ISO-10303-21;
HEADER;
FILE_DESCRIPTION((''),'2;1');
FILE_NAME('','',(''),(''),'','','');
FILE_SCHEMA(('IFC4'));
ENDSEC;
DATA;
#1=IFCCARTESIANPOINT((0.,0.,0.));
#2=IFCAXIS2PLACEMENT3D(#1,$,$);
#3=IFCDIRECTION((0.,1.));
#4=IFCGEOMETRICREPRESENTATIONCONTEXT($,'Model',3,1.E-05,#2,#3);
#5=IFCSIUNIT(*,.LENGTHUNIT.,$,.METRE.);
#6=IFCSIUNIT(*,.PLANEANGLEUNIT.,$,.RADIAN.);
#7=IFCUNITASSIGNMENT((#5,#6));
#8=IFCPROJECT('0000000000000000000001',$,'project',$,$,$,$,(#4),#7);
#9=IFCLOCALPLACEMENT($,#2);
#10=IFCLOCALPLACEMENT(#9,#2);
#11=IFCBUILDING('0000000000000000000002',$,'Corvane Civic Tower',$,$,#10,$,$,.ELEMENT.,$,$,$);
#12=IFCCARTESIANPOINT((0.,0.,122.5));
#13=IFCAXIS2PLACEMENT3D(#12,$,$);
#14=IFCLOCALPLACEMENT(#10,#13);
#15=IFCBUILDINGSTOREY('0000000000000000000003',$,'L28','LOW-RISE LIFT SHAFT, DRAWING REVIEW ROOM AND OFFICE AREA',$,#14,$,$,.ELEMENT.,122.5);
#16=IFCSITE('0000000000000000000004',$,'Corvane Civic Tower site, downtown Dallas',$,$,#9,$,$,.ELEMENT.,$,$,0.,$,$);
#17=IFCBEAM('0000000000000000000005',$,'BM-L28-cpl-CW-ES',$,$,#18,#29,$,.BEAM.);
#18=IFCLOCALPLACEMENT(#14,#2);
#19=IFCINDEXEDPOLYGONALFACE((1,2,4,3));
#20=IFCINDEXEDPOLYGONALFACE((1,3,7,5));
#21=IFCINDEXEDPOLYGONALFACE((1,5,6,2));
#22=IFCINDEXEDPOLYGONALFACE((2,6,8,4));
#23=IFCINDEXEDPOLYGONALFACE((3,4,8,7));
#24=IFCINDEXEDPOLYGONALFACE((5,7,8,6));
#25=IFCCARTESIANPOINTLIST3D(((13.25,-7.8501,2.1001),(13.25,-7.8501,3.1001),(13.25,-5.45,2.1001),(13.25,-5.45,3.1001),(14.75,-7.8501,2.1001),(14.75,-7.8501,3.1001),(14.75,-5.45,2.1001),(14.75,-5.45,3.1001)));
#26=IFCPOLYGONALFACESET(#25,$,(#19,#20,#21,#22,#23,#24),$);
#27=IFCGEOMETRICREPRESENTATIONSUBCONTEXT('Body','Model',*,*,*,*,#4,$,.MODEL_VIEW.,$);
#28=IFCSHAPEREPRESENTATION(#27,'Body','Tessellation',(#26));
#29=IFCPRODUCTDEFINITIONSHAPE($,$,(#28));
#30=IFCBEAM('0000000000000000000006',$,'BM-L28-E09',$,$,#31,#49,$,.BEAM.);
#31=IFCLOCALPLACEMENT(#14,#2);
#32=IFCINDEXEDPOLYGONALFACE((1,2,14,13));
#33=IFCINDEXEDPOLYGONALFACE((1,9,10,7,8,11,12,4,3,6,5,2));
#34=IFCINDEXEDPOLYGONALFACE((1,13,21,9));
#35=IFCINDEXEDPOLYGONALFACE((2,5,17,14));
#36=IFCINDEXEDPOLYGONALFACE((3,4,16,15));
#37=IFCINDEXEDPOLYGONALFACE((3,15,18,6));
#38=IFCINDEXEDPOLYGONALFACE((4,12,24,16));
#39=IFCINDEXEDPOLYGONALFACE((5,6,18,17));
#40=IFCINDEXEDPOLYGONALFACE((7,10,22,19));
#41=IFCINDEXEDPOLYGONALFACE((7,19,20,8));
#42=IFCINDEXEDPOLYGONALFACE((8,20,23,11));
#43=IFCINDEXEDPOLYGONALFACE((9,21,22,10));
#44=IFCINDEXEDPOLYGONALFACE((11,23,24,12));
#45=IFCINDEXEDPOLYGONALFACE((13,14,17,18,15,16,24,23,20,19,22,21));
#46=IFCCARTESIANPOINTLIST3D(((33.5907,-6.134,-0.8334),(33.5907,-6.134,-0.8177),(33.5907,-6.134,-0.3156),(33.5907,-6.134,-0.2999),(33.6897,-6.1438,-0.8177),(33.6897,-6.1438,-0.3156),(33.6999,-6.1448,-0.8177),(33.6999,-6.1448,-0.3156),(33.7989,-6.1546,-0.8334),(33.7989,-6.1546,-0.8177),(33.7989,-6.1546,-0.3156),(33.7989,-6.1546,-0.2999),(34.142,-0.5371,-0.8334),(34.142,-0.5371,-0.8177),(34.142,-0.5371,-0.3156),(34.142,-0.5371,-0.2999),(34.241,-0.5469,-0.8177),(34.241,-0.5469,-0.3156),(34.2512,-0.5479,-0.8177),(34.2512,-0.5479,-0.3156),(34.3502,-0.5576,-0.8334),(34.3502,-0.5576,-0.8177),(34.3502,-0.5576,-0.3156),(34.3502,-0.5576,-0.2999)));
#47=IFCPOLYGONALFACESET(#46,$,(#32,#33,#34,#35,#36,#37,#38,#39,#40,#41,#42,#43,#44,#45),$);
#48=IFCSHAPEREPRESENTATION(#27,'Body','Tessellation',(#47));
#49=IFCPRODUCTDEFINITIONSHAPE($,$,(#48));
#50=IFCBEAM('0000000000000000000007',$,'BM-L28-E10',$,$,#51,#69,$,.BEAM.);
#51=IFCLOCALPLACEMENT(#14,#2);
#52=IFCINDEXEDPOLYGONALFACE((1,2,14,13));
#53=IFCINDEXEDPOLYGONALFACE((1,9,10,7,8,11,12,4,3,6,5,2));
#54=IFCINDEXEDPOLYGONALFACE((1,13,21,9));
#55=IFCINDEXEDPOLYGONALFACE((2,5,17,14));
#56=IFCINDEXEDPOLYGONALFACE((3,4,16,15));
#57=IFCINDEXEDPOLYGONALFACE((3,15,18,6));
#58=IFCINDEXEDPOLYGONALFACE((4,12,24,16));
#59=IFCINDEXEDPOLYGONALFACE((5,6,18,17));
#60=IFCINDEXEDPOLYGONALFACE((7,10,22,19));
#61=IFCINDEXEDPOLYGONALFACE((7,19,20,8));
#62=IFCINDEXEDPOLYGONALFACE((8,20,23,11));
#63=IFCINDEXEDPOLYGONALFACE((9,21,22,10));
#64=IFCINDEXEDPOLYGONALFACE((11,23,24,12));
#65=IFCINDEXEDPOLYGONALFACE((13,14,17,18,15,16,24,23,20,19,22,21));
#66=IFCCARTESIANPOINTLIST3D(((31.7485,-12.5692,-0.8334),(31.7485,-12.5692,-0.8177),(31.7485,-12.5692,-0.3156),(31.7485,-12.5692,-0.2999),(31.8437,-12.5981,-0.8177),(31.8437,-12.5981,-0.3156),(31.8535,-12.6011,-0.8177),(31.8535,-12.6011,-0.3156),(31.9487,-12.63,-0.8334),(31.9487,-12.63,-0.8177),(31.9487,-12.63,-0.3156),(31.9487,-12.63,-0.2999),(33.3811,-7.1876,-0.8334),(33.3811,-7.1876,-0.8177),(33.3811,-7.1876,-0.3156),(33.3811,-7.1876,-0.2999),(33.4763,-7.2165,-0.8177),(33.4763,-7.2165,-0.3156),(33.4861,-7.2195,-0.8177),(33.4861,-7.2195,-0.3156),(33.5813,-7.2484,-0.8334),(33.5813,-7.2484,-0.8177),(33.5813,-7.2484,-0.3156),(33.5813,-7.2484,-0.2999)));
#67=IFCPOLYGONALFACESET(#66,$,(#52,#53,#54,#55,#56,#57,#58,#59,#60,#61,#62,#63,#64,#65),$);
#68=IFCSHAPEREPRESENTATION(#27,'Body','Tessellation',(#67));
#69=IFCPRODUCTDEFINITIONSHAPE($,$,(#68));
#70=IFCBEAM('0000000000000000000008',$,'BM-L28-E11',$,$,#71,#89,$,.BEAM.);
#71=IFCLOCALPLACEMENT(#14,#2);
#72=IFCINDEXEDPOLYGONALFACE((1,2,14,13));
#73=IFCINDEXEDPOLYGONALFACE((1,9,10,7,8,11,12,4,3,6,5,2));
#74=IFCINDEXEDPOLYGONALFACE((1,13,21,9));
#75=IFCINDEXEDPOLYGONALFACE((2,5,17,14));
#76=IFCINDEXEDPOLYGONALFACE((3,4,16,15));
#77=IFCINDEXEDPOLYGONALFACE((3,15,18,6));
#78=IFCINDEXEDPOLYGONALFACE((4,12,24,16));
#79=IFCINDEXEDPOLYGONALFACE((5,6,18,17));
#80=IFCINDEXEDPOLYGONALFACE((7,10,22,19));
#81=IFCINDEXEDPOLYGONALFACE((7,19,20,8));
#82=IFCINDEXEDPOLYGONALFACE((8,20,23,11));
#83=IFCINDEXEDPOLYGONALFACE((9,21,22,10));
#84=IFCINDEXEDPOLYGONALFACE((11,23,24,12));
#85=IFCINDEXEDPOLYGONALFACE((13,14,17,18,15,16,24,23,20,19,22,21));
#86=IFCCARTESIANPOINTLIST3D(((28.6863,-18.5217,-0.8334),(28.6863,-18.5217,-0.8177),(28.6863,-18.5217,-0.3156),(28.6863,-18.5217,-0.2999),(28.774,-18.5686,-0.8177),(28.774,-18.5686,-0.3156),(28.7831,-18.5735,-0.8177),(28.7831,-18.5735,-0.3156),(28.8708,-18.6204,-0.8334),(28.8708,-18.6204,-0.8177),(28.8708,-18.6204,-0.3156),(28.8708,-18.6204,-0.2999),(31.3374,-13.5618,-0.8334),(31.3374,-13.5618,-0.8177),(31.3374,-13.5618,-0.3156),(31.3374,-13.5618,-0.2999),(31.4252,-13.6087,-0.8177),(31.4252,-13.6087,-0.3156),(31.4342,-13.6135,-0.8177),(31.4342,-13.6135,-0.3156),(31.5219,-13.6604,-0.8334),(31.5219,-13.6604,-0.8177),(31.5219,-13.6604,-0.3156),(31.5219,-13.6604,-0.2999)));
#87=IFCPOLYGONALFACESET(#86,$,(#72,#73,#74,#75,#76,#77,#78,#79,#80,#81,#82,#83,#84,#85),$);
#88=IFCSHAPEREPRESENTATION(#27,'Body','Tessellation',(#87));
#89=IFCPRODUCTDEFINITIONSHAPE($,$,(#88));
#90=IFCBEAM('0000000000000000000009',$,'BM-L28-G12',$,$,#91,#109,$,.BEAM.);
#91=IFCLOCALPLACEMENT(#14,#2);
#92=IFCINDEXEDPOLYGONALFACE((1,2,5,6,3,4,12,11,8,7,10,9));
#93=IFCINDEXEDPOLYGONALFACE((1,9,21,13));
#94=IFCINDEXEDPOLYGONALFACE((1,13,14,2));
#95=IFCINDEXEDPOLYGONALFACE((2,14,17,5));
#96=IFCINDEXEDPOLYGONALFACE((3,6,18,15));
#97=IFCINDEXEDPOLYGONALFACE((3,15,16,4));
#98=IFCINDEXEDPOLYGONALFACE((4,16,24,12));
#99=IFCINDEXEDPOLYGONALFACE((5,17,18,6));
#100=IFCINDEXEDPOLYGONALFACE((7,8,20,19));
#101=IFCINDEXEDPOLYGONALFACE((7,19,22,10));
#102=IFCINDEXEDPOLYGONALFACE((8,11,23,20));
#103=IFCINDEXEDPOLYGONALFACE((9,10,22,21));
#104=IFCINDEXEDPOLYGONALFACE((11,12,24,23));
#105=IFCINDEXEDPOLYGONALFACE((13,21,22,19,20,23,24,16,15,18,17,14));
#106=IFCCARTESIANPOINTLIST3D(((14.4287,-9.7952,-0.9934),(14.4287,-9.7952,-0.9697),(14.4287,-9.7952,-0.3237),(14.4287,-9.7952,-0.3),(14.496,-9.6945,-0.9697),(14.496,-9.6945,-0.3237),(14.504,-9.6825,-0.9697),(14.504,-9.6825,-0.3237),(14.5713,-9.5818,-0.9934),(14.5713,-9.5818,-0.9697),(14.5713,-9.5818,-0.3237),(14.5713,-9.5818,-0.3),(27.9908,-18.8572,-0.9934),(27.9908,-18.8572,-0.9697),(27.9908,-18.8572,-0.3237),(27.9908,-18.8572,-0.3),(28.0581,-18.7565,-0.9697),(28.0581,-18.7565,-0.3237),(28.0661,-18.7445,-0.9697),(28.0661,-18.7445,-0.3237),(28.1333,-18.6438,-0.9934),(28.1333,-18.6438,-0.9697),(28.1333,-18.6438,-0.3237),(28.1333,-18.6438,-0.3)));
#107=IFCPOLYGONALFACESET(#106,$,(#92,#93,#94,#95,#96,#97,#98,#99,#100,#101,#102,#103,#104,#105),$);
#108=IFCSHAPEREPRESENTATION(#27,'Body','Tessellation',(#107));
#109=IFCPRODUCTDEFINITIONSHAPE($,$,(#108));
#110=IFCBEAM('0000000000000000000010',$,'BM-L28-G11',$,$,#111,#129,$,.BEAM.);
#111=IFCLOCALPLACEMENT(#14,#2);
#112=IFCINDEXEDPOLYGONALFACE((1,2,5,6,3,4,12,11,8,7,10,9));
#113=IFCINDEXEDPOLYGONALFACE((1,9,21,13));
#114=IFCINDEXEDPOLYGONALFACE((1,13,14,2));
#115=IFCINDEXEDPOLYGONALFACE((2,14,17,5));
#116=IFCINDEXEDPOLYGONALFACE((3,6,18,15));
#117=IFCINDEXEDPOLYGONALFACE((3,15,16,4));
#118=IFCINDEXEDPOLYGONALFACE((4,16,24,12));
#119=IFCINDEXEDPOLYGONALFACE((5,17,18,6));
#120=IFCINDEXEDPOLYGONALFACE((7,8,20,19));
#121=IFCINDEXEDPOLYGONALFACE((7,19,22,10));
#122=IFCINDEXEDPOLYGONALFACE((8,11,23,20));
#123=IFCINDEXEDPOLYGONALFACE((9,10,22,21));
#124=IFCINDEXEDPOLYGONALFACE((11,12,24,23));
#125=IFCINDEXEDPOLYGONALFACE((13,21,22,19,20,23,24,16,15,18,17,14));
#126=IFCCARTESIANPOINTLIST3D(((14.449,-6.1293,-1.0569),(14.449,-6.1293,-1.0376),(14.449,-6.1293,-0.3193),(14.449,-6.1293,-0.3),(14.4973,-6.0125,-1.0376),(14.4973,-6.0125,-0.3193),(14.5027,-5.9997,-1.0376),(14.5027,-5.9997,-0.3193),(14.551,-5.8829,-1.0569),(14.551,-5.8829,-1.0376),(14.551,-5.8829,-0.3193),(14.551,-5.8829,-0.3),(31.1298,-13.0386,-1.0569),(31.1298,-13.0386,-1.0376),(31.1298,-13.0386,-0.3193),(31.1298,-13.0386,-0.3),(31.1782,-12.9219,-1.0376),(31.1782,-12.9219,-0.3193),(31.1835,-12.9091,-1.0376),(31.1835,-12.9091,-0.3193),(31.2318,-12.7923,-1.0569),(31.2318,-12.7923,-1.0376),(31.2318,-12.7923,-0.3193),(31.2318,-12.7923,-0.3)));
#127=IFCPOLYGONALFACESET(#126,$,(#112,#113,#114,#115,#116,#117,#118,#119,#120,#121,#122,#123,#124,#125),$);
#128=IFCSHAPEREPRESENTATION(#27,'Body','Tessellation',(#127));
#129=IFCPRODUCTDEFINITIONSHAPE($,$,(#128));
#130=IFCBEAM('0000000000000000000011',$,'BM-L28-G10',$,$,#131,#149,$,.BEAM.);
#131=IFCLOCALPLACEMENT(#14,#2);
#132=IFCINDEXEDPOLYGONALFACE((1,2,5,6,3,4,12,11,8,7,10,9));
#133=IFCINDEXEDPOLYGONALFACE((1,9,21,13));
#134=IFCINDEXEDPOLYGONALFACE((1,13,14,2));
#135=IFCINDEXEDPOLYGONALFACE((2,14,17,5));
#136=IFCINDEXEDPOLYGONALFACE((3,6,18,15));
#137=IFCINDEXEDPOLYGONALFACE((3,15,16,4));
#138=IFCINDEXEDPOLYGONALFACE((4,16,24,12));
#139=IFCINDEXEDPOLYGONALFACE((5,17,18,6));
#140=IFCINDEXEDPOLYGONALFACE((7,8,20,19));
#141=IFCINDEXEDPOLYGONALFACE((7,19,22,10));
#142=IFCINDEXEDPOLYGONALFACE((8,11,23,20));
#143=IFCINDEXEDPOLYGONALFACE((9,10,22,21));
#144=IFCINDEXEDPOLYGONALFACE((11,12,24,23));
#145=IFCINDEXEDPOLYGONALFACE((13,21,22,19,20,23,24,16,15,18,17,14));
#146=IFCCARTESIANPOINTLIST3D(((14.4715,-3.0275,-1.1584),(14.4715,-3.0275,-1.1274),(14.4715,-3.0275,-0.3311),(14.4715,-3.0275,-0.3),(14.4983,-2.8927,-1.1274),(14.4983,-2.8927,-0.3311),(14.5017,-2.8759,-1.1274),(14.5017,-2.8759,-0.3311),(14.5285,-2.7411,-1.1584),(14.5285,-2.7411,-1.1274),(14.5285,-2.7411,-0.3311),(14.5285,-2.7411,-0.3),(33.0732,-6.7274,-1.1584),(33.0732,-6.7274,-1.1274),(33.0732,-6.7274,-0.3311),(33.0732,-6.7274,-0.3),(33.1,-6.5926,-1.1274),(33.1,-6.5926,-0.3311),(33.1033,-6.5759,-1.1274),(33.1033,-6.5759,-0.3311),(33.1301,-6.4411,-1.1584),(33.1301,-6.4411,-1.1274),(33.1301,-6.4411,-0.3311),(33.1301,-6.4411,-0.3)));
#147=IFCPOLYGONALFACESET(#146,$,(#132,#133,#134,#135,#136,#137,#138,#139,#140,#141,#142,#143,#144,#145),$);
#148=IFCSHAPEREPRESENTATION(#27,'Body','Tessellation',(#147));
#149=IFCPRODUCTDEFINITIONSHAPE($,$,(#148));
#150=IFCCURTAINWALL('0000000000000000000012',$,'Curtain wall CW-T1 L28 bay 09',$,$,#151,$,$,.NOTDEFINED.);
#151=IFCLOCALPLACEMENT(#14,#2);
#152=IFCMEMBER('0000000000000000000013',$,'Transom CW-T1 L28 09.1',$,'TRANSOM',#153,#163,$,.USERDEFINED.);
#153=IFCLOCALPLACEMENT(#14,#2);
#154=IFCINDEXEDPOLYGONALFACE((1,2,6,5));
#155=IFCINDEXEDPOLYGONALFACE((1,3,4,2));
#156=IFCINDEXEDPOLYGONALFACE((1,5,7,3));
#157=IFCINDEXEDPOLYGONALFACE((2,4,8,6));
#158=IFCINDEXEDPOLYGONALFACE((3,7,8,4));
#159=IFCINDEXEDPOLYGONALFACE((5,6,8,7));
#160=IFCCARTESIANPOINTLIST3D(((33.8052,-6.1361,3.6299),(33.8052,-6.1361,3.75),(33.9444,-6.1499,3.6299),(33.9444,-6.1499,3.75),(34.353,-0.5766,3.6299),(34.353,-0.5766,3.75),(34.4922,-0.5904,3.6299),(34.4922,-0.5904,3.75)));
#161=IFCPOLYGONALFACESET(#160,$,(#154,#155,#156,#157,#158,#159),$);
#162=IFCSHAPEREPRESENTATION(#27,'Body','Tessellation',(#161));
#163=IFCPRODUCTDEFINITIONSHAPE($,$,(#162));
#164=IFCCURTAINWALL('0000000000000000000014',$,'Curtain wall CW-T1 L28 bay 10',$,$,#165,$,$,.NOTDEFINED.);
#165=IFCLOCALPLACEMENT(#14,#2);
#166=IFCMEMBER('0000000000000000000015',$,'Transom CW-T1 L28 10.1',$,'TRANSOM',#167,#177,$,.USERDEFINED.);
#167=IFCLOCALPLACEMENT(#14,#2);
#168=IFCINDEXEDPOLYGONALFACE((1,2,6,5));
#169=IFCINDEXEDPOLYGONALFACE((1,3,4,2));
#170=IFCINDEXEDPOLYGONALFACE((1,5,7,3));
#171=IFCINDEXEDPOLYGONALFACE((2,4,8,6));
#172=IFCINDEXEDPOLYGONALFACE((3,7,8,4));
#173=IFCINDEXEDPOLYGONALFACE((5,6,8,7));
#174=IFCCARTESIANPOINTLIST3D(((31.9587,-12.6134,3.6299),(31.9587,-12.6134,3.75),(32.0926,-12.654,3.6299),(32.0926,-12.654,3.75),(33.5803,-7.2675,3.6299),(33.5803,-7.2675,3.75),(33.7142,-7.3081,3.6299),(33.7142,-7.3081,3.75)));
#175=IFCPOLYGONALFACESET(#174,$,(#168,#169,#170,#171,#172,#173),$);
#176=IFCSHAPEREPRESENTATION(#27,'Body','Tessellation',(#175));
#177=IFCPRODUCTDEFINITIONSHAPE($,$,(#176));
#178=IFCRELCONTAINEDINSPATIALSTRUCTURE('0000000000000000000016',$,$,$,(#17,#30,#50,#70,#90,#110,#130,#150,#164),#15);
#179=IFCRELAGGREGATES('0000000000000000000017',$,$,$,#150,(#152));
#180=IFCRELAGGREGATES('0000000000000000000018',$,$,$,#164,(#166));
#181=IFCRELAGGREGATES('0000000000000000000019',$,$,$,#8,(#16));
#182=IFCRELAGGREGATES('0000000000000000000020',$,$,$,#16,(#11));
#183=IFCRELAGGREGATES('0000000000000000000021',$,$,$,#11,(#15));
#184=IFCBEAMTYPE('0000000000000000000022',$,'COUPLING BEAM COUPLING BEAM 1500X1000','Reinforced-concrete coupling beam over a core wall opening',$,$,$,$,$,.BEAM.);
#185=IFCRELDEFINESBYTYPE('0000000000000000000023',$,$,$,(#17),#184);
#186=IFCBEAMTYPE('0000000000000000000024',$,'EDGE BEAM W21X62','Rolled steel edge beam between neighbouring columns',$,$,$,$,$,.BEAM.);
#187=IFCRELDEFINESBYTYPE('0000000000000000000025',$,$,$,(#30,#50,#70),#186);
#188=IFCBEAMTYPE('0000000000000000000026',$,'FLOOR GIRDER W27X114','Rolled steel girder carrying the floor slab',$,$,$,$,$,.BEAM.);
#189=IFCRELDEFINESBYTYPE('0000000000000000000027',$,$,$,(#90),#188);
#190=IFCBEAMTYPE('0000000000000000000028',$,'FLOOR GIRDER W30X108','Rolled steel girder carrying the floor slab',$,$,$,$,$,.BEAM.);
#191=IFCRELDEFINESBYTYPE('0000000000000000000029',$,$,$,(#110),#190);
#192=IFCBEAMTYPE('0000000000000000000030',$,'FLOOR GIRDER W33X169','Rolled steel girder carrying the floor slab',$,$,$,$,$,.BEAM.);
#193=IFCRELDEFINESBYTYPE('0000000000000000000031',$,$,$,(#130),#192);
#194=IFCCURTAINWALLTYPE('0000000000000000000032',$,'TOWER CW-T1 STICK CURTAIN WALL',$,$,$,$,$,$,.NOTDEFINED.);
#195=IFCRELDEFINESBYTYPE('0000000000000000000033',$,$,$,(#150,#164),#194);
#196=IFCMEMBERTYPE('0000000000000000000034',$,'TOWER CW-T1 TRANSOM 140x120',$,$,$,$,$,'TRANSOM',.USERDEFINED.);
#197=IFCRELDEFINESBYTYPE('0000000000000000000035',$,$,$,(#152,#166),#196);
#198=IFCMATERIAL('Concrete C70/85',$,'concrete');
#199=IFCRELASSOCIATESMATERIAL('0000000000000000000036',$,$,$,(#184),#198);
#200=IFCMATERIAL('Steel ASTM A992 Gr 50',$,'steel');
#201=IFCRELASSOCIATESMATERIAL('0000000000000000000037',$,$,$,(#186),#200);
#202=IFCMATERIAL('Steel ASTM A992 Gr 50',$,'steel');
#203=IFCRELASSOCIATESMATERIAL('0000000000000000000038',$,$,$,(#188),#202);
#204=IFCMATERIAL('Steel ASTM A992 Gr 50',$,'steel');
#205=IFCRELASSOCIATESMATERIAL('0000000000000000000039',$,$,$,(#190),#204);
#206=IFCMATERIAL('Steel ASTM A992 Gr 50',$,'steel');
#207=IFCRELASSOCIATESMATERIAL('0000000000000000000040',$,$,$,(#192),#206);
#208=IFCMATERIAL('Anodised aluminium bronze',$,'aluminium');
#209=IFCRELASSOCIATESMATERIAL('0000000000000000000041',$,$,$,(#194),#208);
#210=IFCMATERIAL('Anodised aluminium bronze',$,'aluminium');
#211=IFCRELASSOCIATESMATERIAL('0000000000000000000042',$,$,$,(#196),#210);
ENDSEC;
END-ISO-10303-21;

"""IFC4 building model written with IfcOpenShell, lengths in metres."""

from ifc_helpers import new_model, si_unit, direction, frame, origin, origin_2d, place, context, subcontext, project, spatial, rectangle, i_section, extrude, material, material_profile, profile_set, type_object, element, aggregate, save


model = new_model("IFC4")

# Units and contexts
model_context = context("Model", 3, precision=1e-05, world=origin(), true_north=direction((0.0, 1.0)))
body_context = subcontext(model_context, "Body", "Model", "MODEL_VIEW")
ifc_project = project(units=[si_unit("LENGTHUNIT", "METRE"), si_unit("PLANEANGLEUNIT", "RADIAN")], contexts=[model_context])

# Site, building, storey
site_placement = place(None, origin())
site = spatial("IfcSite", under=ifc_project, at=site_placement, Name="Corvane Civic Tower site, downtown Dallas", CompositionType="ELEMENT", RefElevation=0.0)
building_placement = place(site_placement, origin())
building = spatial("IfcBuilding", under=site, at=building_placement, Name="Corvane Civic Tower", CompositionType="ELEMENT")
storey_placement = place(building_placement, frame((0.0, 0.0, 122.5)))
storey = spatial("IfcBuildingStorey", under=building, at=storey_placement, Name="L28", Description="LOW-RISE LIFT SHAFT, DRAWING REVIEW ROOM AND OFFICE AREA", CompositionType="ELEMENT", Elevation=122.5)

# Beams
ifc_material_1 = material(Name="Concrete C70/85", Category="concrete")
ifc_material_profile_1 = material_profile(ifc_material_1, rectangle(XDim=1.5, YDim=1.0, at=origin_2d()), Name="COUPLING BEAM 1500X1000")
ifc_profile_set_1 = profile_set([ifc_material_profile_1], Name="Concrete C70/85")
beam_type_1 = type_object("IfcBeamType", Name="COUPLING BEAM COUPLING BEAM 1500X1000", Description="Reinforced-concrete coupling beam over a core wall opening", PredefinedType="BEAM", material=ifc_profile_set_1)
beam_1_placement = place(storey_placement, frame((14.0, -7.8501, 2.6001), z_axis=(0.0, 1.0, 0.0), x_axis=(-1.0, 0.0, 0.0)))
element("IfcBeam", 1, at=beam_1_placement, inside=storey, type_object=beam_type_1, Name="BM-L28-cpl-CW-ES", PredefinedType="BEAM", context=body_context, shape_type="SweptSolid", body=[
    extrude(rectangle(XDim=1.5, YDim=1.0, at=origin_2d()), origin(), (0.0, 0.0, 1.0), 2.4001),
])
ifc_material_2 = material(Name="Steel ASTM A992 Gr 50", Category="steel")
ifc_material_profile_2 = material_profile(ifc_material_2, i_section(OverallWidth=0.2092, OverallDepth=0.5334, WebThickness=0.0103, FlangeThickness=0.0156, at=origin_2d()), Name="W21X62")
ifc_profile_set_2 = profile_set([ifc_material_profile_2], Name="Steel ASTM A992 Gr 50")
beam_type_2 = type_object("IfcBeamType", Name="EDGE BEAM W21X62", Description="Rolled steel edge beam between neighbouring columns", PredefinedType="BEAM", material=ifc_profile_set_2)
beam_2_placement = place(storey_placement, frame((34.2461, -0.5474, -0.5667), z_axis=(-0.098021, -0.995184, 0.0), x_axis=(0.995184, -0.098021, 0.0)))
element("IfcBeam", 2, at=beam_2_placement, inside=storey, type_object=beam_type_2, Name="BM-L28-E09", PredefinedType="BEAM", context=body_context, shape_type="SweptSolid", body=[
    extrude(i_section(OverallWidth=0.2092, OverallDepth=0.5334, WebThickness=0.0103, FlangeThickness=0.0156, at=origin_2d()), origin(), (0.0, 0.0, 1.0), 5.624),
])
beam_3_placement = place(storey_placement, frame((33.4812, -7.218, -0.5667), z_axis=(-0.290298, -0.956936, 0.0), x_axis=(0.956936, -0.290298, 0.0)))
element("IfcBeam", 3, at=beam_3_placement, inside=storey, type_object=beam_type_2, Name="BM-L28-E10", PredefinedType="BEAM", context=body_context, shape_type="SweptSolid", body=[
    extrude(i_section(OverallWidth=0.2092, OverallDepth=0.5334, WebThickness=0.0103, FlangeThickness=0.0156, at=origin_2d()), origin(), (0.0, 0.0, 1.0), 5.6238),
])
beam_4_placement = place(storey_placement, frame((31.4297, -13.6111, -0.5667), z_axis=(-0.471392, -0.881924, 0.0), x_axis=(0.881924, -0.471392, 0.0)))
element("IfcBeam", 4, at=beam_4_placement, inside=storey, type_object=beam_type_2, Name="BM-L28-E11", PredefinedType="BEAM", context=body_context, shape_type="SweptSolid", body=[
    extrude(i_section(OverallWidth=0.2092, OverallDepth=0.5334, WebThickness=0.0103, FlangeThickness=0.0156, at=origin_2d()), origin(), (0.0, 0.0, 1.0), 5.624),
])
ifc_material_3 = material(Name="Steel ASTM A992 Gr 50", Category="steel")
ifc_material_profile_3 = material_profile(ifc_material_3, i_section(OverallWidth=0.2566, OverallDepth=0.6934, WebThickness=0.0144, FlangeThickness=0.0237, at=origin_2d()), Name="W27X114")
ifc_profile_set_3 = profile_set([ifc_material_profile_3], Name="Steel ASTM A992 Gr 50")
beam_type_3 = type_object("IfcBeamType", Name="FLOOR GIRDER W27X114", Description="Rolled steel girder carrying the floor slab", PredefinedType="BEAM", material=ifc_profile_set_3)
beam_5_placement = place(storey_placement, frame((14.5, -9.6885, -0.6467), z_axis=(0.831465, -0.555577, 0.0), x_axis=(0.555577, 0.831465, 0.0)))
element("IfcBeam", 5, at=beam_5_placement, inside=storey, type_object=beam_type_3, Name="BM-L28-G12", PredefinedType="BEAM", context=body_context, shape_type="SweptSolid", body=[
    extrude(i_section(OverallWidth=0.2566, OverallDepth=0.6934, WebThickness=0.0144, FlangeThickness=0.0237, at=origin_2d()), origin(), (0.0, 0.0, 1.0), 16.311),
])
ifc_material_4 = material(Name="Steel ASTM A992 Gr 50", Category="steel")
ifc_material_profile_4 = material_profile(ifc_material_4, i_section(OverallWidth=0.2666, OverallDepth=0.7568, WebThickness=0.0139, FlangeThickness=0.0193, at=origin_2d()), Name="W30X108")
ifc_profile_set_4 = profile_set([ifc_material_profile_4], Name="Steel ASTM A992 Gr 50")
beam_type_4 = type_object("IfcBeamType", Name="FLOOR GIRDER W30X108", Description="Rolled steel girder carrying the floor slab", PredefinedType="BEAM", material=ifc_profile_set_4)
beam_6_placement = place(storey_placement, frame((14.5, -6.0061, -0.6785), z_axis=(0.92388, -0.382682, 0.0), x_axis=(0.382682, 0.92388, 0.0)))
element("IfcBeam", 6, at=beam_6_placement, inside=storey, type_object=beam_type_4, Name="BM-L28-G11", PredefinedType="BEAM", context=body_context, shape_type="SweptSolid", body=[
    extrude(i_section(OverallWidth=0.2666, OverallDepth=0.7568, WebThickness=0.0139, FlangeThickness=0.0193, at=origin_2d()), origin(), (0.0, 0.0, 1.0), 18.0552),
])
ifc_material_5 = material(Name="Steel ASTM A992 Gr 50", Category="steel")
ifc_material_profile_5 = material_profile(ifc_material_5, i_section(OverallWidth=0.292, OverallDepth=0.8584, WebThickness=0.0171, FlangeThickness=0.031, at=origin_2d()), Name="W33X169")
ifc_profile_set_5 = profile_set([ifc_material_profile_5], Name="Steel ASTM A992 Gr 50")
beam_type_5 = type_object("IfcBeamType", Name="FLOOR GIRDER W33X169", Description="Rolled steel girder carrying the floor slab", PredefinedType="BEAM", material=ifc_profile_set_5)
beam_7_placement = place(storey_placement, frame((14.5, -2.8843, -0.7292), z_axis=(0.980787, -0.195084, 0.0), x_axis=(0.195084, 0.980787, 0.0)))
element("IfcBeam", 7, at=beam_7_placement, inside=storey, type_object=beam_type_5, Name="BM-L28-G10", PredefinedType="BEAM", context=body_context, shape_type="SweptSolid", body=[
    extrude(i_section(OverallWidth=0.292, OverallDepth=0.8584, WebThickness=0.0171, FlangeThickness=0.031, at=origin_2d()), origin(), (0.0, 0.0, 1.0), 18.9661),
])

# Curtain walls, members
ifc_material_6 = material(Name="Anodised aluminium bronze", Category="aluminium")
curtain_wall_type = type_object("IfcCurtainWallType", Name="TOWER CW-T1 STICK CURTAIN WALL", PredefinedType="NOTDEFINED", material=ifc_material_6)
curtain_wall_1_placement = place(storey_placement, origin())
curtain_wall_1 = element("IfcCurtainWall", 8, at=curtain_wall_1_placement, inside=storey, type_object=curtain_wall_type, Name="Curtain wall CW-T1 L28 bay 09", PredefinedType="NOTDEFINED")
ifc_material_7 = material(Name="Anodised aluminium bronze", Category="aluminium")
ifc_material_profile_6 = material_profile(ifc_material_7, rectangle(XDim=0.1399, YDim=0.1201, at=origin_2d()), Name="TOWER CW-T1 TRANSOM 140x120")
ifc_profile_set_6 = profile_set([ifc_material_profile_6], Name="Anodised aluminium bronze")
member_type = type_object("IfcMemberType", Name="TOWER CW-T1 TRANSOM 140x120", ElementType="TRANSOM", PredefinedType="USERDEFINED", material=ifc_profile_set_6)
member_1_placement = place(storey_placement, frame((34.4226, -0.5835, 3.6899), z_axis=(-0.098067, -0.99518, 0.0), x_axis=(0.99518, -0.098067, 0.0)))
member_1 = element("IfcMember", 9, at=member_1_placement, type_object=member_type, Name="Transom CW-T1 L28 09.1", ObjectType="TRANSOM", PredefinedType="USERDEFINED", context=body_context, shape_type="SweptSolid", body=[
    extrude(rectangle(XDim=0.1399, YDim=0.1201, at=origin_2d()), origin(), (0.0, 0.0, 1.0), 5.5864),
])
curtain_wall_2_placement = place(storey_placement, origin())
curtain_wall_2 = element("IfcCurtainWall", 10, at=curtain_wall_2_placement, inside=storey, type_object=curtain_wall_type, Name="Curtain wall CW-T1 L28 bay 10", PredefinedType="NOTDEFINED")
member_2_placement = place(storey_placement, frame((33.6472, -7.2878, 3.6899), z_axis=(-0.290269, -0.956945, 0.0), x_axis=(0.956945, -0.290269, 0.0)))
member_2 = element("IfcMember", 11, at=member_2_placement, type_object=member_type, Name="Transom CW-T1 L28 10.1", ObjectType="TRANSOM", PredefinedType="USERDEFINED", context=body_context, shape_type="SweptSolid", body=[
    extrude(rectangle(XDim=0.1399, YDim=0.1201, at=origin_2d()), origin(), (0.0, 0.0, 1.0), 5.5864),
])

aggregate(curtain_wall_1, [member_1])
aggregate(curtain_wall_2, [member_2])

save(model, "model.ifc")
